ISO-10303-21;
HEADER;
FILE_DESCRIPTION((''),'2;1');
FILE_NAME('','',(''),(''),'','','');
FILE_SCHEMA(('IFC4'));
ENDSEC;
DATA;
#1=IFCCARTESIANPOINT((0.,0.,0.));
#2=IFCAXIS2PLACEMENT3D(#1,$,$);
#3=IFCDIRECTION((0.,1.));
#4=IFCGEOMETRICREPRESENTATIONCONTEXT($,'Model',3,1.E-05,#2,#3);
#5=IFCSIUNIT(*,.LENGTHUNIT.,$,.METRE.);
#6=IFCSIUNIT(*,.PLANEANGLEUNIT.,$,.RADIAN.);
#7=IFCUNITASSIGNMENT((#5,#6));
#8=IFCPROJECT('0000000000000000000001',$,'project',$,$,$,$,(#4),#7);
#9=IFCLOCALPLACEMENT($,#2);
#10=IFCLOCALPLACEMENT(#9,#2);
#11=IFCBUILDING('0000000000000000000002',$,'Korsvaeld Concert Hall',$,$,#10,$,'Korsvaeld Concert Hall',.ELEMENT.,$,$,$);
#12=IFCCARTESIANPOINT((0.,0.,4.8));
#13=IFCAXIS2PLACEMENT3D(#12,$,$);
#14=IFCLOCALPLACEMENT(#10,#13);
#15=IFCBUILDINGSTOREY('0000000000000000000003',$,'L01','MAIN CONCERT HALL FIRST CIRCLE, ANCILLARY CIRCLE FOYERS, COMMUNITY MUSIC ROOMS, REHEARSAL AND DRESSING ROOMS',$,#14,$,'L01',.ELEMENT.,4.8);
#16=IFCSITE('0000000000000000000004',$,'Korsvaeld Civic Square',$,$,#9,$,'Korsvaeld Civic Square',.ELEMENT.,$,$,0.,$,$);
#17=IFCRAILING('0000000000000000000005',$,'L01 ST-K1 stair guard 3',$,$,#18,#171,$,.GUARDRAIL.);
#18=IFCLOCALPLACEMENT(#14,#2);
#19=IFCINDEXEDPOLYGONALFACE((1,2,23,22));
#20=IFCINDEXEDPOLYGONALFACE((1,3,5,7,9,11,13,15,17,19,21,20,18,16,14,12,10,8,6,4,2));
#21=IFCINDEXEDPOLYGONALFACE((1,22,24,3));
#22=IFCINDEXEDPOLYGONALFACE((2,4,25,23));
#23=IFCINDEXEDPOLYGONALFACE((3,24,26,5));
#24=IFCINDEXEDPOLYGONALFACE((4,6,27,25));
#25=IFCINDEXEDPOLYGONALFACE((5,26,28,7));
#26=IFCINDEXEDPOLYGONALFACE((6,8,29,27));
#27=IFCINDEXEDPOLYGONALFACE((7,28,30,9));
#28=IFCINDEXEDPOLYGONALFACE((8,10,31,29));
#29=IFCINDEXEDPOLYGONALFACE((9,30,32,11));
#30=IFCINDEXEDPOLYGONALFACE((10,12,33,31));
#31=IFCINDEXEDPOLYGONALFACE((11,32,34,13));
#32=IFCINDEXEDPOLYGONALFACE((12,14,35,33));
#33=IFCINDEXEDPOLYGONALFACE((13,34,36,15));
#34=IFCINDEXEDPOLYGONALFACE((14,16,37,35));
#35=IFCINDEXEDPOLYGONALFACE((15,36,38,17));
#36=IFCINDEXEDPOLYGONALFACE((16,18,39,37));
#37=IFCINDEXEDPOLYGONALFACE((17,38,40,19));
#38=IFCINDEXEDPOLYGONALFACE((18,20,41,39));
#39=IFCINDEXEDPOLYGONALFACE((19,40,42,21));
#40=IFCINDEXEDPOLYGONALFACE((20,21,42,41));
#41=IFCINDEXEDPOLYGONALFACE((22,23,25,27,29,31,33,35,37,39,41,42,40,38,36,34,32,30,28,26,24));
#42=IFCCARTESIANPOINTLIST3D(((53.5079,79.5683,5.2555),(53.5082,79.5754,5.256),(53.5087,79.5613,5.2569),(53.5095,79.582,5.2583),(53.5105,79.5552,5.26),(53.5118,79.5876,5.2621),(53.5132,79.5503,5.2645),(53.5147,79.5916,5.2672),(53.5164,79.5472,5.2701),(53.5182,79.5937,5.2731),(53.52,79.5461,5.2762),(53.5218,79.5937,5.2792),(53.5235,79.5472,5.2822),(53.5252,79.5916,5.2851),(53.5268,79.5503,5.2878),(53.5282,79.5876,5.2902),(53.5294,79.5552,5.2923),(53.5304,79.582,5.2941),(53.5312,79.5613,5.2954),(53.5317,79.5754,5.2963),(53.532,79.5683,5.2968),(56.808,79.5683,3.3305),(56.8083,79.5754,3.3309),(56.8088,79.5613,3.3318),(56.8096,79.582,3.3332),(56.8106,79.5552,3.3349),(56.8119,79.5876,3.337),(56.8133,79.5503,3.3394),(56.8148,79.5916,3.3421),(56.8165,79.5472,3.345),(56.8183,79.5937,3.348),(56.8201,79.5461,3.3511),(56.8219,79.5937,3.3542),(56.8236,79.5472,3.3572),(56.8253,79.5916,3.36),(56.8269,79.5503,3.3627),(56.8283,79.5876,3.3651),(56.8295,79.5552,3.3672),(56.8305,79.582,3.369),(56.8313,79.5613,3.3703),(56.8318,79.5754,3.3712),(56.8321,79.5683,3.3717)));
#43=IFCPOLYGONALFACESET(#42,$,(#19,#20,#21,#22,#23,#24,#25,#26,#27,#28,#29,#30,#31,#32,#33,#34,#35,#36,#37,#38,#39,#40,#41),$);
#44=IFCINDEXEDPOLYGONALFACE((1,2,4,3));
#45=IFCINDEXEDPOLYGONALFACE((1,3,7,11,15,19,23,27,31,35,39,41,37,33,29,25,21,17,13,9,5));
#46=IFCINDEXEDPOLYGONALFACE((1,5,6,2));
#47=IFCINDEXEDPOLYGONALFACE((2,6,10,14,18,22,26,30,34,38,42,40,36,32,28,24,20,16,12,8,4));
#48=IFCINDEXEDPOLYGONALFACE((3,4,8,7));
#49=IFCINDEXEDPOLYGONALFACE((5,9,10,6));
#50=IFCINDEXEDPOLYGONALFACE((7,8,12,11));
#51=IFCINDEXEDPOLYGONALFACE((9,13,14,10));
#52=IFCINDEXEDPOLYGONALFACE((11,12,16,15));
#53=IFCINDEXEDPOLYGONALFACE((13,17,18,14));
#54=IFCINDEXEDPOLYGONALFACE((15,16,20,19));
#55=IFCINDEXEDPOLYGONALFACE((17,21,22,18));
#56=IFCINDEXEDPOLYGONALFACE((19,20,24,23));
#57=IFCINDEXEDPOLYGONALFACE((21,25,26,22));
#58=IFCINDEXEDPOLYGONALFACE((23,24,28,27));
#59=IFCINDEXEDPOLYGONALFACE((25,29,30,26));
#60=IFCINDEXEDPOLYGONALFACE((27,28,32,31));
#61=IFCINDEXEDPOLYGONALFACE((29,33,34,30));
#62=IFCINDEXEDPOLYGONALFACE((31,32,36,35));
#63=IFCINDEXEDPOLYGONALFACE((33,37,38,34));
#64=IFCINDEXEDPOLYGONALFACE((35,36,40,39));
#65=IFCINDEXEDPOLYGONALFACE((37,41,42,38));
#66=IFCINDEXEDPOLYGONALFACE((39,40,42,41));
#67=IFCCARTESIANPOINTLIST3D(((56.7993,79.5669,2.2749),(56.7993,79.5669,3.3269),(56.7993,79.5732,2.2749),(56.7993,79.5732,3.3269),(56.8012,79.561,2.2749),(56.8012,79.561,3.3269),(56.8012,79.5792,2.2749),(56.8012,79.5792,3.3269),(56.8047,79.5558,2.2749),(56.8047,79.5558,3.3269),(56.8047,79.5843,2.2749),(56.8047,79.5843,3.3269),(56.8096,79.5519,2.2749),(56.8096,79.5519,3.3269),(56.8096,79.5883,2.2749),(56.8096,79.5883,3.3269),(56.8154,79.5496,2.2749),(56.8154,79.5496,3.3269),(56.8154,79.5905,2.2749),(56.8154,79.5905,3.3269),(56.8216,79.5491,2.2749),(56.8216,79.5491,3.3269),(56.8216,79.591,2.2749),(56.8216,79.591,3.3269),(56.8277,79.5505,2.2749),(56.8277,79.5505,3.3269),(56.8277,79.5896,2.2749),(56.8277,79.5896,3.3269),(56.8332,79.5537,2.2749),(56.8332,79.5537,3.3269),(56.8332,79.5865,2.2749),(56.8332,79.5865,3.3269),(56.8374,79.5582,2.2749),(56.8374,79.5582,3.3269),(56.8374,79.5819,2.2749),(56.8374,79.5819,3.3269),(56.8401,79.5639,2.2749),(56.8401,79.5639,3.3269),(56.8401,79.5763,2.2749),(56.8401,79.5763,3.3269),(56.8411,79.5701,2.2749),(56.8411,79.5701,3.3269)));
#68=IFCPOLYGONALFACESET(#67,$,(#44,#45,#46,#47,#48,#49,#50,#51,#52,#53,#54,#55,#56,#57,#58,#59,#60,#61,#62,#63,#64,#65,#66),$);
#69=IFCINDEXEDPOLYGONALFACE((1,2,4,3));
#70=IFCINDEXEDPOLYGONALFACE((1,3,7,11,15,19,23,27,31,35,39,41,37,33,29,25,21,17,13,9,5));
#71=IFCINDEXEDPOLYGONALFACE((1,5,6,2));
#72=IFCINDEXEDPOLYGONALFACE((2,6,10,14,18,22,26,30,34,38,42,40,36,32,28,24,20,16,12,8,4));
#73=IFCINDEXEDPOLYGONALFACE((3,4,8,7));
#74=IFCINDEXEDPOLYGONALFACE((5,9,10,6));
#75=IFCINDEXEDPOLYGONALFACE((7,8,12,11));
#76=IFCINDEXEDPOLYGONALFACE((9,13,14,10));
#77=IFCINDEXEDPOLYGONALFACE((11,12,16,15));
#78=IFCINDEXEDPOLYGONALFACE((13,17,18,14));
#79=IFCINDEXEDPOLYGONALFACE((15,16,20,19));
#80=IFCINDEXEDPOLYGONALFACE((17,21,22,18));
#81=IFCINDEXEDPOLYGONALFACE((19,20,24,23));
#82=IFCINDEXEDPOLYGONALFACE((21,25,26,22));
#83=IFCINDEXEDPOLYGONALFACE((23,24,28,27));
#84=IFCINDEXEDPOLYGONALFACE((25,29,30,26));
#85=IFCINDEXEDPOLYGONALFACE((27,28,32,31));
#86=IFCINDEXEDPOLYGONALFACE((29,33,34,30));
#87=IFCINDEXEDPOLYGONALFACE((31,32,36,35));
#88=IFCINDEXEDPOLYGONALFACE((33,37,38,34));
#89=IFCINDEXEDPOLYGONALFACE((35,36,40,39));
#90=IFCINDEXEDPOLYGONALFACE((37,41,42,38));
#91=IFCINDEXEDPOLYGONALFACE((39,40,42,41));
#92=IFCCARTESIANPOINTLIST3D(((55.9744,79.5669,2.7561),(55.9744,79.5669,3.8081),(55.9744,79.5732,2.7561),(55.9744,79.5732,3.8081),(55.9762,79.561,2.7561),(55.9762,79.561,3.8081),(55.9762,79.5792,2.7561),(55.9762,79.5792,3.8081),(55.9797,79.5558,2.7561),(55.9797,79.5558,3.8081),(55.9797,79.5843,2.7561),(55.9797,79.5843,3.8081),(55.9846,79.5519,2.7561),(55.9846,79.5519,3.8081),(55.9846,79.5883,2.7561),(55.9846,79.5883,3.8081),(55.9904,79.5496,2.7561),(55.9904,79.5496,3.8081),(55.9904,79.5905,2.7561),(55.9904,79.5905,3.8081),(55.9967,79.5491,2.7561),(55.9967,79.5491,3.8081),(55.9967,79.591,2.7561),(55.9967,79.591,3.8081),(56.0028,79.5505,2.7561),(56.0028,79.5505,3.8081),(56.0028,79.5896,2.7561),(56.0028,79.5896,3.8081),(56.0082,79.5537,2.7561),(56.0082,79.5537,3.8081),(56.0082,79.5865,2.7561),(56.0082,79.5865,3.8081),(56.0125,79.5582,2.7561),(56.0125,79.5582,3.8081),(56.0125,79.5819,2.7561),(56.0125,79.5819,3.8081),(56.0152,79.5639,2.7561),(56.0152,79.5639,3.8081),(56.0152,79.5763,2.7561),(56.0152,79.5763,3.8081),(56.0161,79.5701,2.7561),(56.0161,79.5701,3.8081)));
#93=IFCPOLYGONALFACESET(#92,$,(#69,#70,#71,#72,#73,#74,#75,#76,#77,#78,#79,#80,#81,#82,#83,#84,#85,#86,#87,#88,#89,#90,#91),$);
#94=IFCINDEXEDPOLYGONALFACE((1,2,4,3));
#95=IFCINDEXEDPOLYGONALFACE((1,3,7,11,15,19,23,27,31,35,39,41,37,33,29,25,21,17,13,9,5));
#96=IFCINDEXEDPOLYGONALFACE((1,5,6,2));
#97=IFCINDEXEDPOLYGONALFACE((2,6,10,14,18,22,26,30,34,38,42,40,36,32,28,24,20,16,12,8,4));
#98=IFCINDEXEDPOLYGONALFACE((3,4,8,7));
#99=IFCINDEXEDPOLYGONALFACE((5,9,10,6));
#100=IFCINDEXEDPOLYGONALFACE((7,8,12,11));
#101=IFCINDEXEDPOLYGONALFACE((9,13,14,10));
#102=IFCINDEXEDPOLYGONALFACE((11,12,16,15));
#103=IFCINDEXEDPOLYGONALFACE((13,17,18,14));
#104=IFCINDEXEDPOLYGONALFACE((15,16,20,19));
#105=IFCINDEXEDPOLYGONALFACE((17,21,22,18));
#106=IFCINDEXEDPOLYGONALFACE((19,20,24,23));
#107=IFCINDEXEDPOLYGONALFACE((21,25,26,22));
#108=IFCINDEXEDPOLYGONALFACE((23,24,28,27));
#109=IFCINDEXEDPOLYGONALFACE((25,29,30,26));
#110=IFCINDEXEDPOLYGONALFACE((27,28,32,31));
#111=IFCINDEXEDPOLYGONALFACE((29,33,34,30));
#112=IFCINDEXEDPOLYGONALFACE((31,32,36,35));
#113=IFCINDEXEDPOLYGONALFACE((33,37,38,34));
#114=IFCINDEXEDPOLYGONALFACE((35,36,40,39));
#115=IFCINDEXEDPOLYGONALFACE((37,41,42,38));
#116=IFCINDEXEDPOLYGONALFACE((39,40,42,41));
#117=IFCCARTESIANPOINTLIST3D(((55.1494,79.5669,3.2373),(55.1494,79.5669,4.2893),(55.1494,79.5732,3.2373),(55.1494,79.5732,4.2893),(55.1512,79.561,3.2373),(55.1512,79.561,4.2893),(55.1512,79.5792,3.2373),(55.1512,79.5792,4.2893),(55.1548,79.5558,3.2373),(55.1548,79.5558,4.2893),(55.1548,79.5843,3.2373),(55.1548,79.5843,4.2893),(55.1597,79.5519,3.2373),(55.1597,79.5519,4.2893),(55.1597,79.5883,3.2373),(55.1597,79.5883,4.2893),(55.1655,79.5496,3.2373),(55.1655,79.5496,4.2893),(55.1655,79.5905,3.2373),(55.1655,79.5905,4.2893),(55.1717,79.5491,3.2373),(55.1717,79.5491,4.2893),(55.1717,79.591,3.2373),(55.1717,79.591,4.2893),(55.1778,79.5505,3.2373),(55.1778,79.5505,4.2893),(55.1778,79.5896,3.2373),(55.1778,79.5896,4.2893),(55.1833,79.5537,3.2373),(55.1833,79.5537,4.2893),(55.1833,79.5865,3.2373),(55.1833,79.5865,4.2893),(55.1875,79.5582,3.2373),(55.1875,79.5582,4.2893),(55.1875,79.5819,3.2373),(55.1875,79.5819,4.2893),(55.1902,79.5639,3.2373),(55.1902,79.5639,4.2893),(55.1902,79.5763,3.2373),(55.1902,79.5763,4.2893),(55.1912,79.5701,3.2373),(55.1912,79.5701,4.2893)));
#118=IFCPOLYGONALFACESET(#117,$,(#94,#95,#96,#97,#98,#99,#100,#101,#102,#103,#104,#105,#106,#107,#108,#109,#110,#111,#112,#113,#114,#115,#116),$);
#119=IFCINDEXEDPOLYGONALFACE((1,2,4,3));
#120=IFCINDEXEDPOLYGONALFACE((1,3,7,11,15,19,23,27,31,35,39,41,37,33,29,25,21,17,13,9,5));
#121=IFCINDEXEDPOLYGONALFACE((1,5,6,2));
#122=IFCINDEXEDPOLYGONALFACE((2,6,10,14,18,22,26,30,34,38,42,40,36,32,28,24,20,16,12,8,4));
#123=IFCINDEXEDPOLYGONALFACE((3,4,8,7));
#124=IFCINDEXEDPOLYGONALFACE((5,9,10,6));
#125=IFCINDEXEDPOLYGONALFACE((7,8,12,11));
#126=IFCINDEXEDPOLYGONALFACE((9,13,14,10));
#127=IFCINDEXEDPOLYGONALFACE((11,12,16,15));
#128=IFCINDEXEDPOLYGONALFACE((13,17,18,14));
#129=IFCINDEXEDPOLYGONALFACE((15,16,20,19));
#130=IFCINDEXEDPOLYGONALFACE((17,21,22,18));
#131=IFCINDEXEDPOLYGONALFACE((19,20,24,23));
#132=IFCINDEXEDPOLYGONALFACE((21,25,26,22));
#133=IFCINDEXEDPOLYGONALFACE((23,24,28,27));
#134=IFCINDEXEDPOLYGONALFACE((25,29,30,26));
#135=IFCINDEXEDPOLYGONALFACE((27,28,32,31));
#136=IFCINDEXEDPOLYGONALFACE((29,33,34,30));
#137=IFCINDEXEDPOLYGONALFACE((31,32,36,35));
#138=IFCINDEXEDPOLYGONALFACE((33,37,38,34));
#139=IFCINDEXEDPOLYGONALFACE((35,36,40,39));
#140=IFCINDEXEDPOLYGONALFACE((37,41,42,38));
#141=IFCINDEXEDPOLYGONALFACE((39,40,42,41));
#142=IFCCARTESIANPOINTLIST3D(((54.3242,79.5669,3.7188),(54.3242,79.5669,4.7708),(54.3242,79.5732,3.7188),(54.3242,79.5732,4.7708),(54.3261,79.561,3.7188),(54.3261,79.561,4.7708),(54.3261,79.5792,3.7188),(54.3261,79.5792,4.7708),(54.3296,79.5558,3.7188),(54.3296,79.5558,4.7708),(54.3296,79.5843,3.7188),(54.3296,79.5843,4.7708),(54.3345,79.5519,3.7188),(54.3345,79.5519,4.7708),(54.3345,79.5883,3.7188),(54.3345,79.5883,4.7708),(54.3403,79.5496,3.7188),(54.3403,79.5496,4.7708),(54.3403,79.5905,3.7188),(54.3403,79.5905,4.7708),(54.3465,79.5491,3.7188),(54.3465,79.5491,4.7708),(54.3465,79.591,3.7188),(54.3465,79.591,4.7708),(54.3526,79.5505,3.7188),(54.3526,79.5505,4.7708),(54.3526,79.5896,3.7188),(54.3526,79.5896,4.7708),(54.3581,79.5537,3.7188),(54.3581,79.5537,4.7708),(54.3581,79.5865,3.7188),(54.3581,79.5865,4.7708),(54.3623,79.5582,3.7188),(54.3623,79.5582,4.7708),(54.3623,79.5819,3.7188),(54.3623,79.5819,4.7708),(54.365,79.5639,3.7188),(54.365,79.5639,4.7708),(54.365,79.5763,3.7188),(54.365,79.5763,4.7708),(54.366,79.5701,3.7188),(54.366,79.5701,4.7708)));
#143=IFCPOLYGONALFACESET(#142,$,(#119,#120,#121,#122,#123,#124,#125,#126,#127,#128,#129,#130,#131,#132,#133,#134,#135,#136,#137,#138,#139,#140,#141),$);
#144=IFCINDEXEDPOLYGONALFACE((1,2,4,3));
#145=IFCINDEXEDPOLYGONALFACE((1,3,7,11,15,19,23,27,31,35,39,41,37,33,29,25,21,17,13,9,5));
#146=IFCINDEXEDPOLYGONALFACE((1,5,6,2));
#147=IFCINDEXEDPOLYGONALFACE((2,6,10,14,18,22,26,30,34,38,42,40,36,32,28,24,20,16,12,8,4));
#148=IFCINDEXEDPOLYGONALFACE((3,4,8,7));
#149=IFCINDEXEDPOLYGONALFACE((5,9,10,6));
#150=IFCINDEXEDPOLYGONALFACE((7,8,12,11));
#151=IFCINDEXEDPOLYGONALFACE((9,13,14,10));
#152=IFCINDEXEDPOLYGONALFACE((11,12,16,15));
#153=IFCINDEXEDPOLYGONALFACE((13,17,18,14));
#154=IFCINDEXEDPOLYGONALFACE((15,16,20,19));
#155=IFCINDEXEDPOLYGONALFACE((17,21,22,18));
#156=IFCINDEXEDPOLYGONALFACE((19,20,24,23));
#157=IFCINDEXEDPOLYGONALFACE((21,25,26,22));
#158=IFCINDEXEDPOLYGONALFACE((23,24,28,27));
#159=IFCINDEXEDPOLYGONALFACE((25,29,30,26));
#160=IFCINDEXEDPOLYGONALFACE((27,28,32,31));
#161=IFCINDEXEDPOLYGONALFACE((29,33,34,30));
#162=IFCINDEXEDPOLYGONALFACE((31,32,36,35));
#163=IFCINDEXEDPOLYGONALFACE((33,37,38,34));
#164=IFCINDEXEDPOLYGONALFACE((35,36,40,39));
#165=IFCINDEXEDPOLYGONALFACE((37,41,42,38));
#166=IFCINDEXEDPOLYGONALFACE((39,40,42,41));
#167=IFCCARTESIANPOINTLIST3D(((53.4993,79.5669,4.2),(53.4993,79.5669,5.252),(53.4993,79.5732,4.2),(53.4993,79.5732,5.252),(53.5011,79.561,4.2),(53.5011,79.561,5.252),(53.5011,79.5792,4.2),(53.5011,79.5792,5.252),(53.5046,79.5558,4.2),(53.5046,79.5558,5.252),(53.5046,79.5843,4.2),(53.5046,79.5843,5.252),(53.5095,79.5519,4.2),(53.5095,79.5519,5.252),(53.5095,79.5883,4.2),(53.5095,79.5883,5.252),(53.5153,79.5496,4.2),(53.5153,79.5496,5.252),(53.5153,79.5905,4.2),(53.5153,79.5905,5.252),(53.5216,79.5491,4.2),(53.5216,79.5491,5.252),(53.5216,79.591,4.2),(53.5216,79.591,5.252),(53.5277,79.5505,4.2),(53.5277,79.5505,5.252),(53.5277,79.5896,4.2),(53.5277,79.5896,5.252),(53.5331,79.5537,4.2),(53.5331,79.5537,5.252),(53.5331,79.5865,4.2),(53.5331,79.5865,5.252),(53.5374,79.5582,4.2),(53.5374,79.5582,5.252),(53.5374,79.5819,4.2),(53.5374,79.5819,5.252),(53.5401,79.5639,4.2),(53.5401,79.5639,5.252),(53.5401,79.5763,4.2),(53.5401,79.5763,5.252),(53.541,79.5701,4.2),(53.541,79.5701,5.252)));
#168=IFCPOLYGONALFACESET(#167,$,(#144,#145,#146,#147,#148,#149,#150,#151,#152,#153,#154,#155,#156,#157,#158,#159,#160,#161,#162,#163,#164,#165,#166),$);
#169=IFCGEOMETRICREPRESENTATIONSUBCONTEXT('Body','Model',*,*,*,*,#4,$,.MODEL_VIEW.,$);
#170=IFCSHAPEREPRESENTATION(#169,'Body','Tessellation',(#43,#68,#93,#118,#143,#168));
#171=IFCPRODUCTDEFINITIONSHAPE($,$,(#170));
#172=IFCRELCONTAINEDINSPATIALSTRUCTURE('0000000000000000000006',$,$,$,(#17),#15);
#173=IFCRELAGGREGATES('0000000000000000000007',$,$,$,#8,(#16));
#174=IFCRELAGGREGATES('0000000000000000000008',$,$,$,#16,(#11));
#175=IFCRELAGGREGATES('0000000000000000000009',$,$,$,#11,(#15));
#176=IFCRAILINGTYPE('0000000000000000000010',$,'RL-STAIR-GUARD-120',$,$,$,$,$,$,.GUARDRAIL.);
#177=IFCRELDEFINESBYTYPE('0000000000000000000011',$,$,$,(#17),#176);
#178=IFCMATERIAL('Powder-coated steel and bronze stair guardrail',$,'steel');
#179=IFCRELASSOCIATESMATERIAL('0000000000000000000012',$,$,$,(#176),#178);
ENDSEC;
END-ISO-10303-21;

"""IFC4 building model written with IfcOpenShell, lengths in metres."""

from ifc_helpers import new_model, si_unit, direction, frame, origin, origin_2d, place, context, subcontext, project, spatial, circle, extrude, material, type_object, element, save


model = new_model("IFC4")

# Units and contexts
model_context = context("Model", 3, precision=1e-05, world=origin(), true_north=direction((0.0, 1.0)))
body_context = subcontext(model_context, "Body", "Model", "MODEL_VIEW")
ifc_project = project(units=[si_unit("LENGTHUNIT", "METRE"), si_unit("PLANEANGLEUNIT", "RADIAN")], contexts=[model_context])

# Site, building, storey
site_placement = place(None, origin())
site = spatial("IfcSite", under=ifc_project, at=site_placement, Name="Korsvaeld Civic Square", LongName="Korsvaeld Civic Square", CompositionType="ELEMENT", RefElevation=0.0)
building_placement = place(site_placement, origin())
building = spatial("IfcBuilding", under=site, at=building_placement, Name="Korsvaeld Concert Hall", LongName="Korsvaeld Concert Hall", CompositionType="ELEMENT")
storey_placement = place(building_placement, frame((0.0, 0.0, 4.8)))
storey = spatial("IfcBuildingStorey", under=building, at=storey_placement, Name="L01", Description="MAIN CONCERT HALL FIRST CIRCLE, ANCILLARY CIRCLE FOYERS, COMMUNITY MUSIC ROOMS, REHEARSAL AND DRESSING ROOMS", LongName="L01", CompositionType="ELEMENT", Elevation=4.8)

# Railing
ifc_material_1 = material(Name="Powder-coated steel and bronze stair guardrail", Category="steel")
railing_type_1 = type_object("IfcRailingType", Name="RL-STAIR-GUARD-120", PredefinedType="GUARDRAIL", material=ifc_material_1)
railing_1_placement = place(storey_placement, frame((56.8201, 79.5701, 2.2749)))
element("IfcRailing", 1, at=railing_1_placement, inside=storey, type_object=railing_type_1, Name="L01 ST-K1 stair guard 3", PredefinedType="GUARDRAIL", context=body_context, shape_type="SweptSolid", body=[
    extrude(circle(Radius=0.0239, at=origin_2d()), frame((0.0, 0.0, 1.0762), z_axis=(-0.863777, 0.0, 0.503875), x_axis=(0.0, -1.0, 0.0)), (0.0, 0.0, 1.0), 3.8206),
    extrude(circle(Radius=0.021, at=origin_2d()), origin(), (0.0, 0.0, 1.0), 1.052),
    extrude(circle(Radius=0.021, at=origin_2d()), frame((-0.825, 0.0, 0.4812)), (0.0, 0.0, 1.0), 1.052),
    extrude(circle(Radius=0.021, at=origin_2d()), frame((-1.6499, 0.0, 0.9624)), (0.0, 0.0, 1.0), 1.052),
    extrude(circle(Radius=0.021, at=origin_2d()), frame((-2.4751, 0.0, 1.4438)), (0.0, 0.0, 1.0), 1.052),
    extrude(circle(Radius=0.021, at=origin_2d()), frame((-3.3, 0.0, 1.925)), (0.0, 0.0, 1.0), 1.052),
])

save(model, "model.ifc")
